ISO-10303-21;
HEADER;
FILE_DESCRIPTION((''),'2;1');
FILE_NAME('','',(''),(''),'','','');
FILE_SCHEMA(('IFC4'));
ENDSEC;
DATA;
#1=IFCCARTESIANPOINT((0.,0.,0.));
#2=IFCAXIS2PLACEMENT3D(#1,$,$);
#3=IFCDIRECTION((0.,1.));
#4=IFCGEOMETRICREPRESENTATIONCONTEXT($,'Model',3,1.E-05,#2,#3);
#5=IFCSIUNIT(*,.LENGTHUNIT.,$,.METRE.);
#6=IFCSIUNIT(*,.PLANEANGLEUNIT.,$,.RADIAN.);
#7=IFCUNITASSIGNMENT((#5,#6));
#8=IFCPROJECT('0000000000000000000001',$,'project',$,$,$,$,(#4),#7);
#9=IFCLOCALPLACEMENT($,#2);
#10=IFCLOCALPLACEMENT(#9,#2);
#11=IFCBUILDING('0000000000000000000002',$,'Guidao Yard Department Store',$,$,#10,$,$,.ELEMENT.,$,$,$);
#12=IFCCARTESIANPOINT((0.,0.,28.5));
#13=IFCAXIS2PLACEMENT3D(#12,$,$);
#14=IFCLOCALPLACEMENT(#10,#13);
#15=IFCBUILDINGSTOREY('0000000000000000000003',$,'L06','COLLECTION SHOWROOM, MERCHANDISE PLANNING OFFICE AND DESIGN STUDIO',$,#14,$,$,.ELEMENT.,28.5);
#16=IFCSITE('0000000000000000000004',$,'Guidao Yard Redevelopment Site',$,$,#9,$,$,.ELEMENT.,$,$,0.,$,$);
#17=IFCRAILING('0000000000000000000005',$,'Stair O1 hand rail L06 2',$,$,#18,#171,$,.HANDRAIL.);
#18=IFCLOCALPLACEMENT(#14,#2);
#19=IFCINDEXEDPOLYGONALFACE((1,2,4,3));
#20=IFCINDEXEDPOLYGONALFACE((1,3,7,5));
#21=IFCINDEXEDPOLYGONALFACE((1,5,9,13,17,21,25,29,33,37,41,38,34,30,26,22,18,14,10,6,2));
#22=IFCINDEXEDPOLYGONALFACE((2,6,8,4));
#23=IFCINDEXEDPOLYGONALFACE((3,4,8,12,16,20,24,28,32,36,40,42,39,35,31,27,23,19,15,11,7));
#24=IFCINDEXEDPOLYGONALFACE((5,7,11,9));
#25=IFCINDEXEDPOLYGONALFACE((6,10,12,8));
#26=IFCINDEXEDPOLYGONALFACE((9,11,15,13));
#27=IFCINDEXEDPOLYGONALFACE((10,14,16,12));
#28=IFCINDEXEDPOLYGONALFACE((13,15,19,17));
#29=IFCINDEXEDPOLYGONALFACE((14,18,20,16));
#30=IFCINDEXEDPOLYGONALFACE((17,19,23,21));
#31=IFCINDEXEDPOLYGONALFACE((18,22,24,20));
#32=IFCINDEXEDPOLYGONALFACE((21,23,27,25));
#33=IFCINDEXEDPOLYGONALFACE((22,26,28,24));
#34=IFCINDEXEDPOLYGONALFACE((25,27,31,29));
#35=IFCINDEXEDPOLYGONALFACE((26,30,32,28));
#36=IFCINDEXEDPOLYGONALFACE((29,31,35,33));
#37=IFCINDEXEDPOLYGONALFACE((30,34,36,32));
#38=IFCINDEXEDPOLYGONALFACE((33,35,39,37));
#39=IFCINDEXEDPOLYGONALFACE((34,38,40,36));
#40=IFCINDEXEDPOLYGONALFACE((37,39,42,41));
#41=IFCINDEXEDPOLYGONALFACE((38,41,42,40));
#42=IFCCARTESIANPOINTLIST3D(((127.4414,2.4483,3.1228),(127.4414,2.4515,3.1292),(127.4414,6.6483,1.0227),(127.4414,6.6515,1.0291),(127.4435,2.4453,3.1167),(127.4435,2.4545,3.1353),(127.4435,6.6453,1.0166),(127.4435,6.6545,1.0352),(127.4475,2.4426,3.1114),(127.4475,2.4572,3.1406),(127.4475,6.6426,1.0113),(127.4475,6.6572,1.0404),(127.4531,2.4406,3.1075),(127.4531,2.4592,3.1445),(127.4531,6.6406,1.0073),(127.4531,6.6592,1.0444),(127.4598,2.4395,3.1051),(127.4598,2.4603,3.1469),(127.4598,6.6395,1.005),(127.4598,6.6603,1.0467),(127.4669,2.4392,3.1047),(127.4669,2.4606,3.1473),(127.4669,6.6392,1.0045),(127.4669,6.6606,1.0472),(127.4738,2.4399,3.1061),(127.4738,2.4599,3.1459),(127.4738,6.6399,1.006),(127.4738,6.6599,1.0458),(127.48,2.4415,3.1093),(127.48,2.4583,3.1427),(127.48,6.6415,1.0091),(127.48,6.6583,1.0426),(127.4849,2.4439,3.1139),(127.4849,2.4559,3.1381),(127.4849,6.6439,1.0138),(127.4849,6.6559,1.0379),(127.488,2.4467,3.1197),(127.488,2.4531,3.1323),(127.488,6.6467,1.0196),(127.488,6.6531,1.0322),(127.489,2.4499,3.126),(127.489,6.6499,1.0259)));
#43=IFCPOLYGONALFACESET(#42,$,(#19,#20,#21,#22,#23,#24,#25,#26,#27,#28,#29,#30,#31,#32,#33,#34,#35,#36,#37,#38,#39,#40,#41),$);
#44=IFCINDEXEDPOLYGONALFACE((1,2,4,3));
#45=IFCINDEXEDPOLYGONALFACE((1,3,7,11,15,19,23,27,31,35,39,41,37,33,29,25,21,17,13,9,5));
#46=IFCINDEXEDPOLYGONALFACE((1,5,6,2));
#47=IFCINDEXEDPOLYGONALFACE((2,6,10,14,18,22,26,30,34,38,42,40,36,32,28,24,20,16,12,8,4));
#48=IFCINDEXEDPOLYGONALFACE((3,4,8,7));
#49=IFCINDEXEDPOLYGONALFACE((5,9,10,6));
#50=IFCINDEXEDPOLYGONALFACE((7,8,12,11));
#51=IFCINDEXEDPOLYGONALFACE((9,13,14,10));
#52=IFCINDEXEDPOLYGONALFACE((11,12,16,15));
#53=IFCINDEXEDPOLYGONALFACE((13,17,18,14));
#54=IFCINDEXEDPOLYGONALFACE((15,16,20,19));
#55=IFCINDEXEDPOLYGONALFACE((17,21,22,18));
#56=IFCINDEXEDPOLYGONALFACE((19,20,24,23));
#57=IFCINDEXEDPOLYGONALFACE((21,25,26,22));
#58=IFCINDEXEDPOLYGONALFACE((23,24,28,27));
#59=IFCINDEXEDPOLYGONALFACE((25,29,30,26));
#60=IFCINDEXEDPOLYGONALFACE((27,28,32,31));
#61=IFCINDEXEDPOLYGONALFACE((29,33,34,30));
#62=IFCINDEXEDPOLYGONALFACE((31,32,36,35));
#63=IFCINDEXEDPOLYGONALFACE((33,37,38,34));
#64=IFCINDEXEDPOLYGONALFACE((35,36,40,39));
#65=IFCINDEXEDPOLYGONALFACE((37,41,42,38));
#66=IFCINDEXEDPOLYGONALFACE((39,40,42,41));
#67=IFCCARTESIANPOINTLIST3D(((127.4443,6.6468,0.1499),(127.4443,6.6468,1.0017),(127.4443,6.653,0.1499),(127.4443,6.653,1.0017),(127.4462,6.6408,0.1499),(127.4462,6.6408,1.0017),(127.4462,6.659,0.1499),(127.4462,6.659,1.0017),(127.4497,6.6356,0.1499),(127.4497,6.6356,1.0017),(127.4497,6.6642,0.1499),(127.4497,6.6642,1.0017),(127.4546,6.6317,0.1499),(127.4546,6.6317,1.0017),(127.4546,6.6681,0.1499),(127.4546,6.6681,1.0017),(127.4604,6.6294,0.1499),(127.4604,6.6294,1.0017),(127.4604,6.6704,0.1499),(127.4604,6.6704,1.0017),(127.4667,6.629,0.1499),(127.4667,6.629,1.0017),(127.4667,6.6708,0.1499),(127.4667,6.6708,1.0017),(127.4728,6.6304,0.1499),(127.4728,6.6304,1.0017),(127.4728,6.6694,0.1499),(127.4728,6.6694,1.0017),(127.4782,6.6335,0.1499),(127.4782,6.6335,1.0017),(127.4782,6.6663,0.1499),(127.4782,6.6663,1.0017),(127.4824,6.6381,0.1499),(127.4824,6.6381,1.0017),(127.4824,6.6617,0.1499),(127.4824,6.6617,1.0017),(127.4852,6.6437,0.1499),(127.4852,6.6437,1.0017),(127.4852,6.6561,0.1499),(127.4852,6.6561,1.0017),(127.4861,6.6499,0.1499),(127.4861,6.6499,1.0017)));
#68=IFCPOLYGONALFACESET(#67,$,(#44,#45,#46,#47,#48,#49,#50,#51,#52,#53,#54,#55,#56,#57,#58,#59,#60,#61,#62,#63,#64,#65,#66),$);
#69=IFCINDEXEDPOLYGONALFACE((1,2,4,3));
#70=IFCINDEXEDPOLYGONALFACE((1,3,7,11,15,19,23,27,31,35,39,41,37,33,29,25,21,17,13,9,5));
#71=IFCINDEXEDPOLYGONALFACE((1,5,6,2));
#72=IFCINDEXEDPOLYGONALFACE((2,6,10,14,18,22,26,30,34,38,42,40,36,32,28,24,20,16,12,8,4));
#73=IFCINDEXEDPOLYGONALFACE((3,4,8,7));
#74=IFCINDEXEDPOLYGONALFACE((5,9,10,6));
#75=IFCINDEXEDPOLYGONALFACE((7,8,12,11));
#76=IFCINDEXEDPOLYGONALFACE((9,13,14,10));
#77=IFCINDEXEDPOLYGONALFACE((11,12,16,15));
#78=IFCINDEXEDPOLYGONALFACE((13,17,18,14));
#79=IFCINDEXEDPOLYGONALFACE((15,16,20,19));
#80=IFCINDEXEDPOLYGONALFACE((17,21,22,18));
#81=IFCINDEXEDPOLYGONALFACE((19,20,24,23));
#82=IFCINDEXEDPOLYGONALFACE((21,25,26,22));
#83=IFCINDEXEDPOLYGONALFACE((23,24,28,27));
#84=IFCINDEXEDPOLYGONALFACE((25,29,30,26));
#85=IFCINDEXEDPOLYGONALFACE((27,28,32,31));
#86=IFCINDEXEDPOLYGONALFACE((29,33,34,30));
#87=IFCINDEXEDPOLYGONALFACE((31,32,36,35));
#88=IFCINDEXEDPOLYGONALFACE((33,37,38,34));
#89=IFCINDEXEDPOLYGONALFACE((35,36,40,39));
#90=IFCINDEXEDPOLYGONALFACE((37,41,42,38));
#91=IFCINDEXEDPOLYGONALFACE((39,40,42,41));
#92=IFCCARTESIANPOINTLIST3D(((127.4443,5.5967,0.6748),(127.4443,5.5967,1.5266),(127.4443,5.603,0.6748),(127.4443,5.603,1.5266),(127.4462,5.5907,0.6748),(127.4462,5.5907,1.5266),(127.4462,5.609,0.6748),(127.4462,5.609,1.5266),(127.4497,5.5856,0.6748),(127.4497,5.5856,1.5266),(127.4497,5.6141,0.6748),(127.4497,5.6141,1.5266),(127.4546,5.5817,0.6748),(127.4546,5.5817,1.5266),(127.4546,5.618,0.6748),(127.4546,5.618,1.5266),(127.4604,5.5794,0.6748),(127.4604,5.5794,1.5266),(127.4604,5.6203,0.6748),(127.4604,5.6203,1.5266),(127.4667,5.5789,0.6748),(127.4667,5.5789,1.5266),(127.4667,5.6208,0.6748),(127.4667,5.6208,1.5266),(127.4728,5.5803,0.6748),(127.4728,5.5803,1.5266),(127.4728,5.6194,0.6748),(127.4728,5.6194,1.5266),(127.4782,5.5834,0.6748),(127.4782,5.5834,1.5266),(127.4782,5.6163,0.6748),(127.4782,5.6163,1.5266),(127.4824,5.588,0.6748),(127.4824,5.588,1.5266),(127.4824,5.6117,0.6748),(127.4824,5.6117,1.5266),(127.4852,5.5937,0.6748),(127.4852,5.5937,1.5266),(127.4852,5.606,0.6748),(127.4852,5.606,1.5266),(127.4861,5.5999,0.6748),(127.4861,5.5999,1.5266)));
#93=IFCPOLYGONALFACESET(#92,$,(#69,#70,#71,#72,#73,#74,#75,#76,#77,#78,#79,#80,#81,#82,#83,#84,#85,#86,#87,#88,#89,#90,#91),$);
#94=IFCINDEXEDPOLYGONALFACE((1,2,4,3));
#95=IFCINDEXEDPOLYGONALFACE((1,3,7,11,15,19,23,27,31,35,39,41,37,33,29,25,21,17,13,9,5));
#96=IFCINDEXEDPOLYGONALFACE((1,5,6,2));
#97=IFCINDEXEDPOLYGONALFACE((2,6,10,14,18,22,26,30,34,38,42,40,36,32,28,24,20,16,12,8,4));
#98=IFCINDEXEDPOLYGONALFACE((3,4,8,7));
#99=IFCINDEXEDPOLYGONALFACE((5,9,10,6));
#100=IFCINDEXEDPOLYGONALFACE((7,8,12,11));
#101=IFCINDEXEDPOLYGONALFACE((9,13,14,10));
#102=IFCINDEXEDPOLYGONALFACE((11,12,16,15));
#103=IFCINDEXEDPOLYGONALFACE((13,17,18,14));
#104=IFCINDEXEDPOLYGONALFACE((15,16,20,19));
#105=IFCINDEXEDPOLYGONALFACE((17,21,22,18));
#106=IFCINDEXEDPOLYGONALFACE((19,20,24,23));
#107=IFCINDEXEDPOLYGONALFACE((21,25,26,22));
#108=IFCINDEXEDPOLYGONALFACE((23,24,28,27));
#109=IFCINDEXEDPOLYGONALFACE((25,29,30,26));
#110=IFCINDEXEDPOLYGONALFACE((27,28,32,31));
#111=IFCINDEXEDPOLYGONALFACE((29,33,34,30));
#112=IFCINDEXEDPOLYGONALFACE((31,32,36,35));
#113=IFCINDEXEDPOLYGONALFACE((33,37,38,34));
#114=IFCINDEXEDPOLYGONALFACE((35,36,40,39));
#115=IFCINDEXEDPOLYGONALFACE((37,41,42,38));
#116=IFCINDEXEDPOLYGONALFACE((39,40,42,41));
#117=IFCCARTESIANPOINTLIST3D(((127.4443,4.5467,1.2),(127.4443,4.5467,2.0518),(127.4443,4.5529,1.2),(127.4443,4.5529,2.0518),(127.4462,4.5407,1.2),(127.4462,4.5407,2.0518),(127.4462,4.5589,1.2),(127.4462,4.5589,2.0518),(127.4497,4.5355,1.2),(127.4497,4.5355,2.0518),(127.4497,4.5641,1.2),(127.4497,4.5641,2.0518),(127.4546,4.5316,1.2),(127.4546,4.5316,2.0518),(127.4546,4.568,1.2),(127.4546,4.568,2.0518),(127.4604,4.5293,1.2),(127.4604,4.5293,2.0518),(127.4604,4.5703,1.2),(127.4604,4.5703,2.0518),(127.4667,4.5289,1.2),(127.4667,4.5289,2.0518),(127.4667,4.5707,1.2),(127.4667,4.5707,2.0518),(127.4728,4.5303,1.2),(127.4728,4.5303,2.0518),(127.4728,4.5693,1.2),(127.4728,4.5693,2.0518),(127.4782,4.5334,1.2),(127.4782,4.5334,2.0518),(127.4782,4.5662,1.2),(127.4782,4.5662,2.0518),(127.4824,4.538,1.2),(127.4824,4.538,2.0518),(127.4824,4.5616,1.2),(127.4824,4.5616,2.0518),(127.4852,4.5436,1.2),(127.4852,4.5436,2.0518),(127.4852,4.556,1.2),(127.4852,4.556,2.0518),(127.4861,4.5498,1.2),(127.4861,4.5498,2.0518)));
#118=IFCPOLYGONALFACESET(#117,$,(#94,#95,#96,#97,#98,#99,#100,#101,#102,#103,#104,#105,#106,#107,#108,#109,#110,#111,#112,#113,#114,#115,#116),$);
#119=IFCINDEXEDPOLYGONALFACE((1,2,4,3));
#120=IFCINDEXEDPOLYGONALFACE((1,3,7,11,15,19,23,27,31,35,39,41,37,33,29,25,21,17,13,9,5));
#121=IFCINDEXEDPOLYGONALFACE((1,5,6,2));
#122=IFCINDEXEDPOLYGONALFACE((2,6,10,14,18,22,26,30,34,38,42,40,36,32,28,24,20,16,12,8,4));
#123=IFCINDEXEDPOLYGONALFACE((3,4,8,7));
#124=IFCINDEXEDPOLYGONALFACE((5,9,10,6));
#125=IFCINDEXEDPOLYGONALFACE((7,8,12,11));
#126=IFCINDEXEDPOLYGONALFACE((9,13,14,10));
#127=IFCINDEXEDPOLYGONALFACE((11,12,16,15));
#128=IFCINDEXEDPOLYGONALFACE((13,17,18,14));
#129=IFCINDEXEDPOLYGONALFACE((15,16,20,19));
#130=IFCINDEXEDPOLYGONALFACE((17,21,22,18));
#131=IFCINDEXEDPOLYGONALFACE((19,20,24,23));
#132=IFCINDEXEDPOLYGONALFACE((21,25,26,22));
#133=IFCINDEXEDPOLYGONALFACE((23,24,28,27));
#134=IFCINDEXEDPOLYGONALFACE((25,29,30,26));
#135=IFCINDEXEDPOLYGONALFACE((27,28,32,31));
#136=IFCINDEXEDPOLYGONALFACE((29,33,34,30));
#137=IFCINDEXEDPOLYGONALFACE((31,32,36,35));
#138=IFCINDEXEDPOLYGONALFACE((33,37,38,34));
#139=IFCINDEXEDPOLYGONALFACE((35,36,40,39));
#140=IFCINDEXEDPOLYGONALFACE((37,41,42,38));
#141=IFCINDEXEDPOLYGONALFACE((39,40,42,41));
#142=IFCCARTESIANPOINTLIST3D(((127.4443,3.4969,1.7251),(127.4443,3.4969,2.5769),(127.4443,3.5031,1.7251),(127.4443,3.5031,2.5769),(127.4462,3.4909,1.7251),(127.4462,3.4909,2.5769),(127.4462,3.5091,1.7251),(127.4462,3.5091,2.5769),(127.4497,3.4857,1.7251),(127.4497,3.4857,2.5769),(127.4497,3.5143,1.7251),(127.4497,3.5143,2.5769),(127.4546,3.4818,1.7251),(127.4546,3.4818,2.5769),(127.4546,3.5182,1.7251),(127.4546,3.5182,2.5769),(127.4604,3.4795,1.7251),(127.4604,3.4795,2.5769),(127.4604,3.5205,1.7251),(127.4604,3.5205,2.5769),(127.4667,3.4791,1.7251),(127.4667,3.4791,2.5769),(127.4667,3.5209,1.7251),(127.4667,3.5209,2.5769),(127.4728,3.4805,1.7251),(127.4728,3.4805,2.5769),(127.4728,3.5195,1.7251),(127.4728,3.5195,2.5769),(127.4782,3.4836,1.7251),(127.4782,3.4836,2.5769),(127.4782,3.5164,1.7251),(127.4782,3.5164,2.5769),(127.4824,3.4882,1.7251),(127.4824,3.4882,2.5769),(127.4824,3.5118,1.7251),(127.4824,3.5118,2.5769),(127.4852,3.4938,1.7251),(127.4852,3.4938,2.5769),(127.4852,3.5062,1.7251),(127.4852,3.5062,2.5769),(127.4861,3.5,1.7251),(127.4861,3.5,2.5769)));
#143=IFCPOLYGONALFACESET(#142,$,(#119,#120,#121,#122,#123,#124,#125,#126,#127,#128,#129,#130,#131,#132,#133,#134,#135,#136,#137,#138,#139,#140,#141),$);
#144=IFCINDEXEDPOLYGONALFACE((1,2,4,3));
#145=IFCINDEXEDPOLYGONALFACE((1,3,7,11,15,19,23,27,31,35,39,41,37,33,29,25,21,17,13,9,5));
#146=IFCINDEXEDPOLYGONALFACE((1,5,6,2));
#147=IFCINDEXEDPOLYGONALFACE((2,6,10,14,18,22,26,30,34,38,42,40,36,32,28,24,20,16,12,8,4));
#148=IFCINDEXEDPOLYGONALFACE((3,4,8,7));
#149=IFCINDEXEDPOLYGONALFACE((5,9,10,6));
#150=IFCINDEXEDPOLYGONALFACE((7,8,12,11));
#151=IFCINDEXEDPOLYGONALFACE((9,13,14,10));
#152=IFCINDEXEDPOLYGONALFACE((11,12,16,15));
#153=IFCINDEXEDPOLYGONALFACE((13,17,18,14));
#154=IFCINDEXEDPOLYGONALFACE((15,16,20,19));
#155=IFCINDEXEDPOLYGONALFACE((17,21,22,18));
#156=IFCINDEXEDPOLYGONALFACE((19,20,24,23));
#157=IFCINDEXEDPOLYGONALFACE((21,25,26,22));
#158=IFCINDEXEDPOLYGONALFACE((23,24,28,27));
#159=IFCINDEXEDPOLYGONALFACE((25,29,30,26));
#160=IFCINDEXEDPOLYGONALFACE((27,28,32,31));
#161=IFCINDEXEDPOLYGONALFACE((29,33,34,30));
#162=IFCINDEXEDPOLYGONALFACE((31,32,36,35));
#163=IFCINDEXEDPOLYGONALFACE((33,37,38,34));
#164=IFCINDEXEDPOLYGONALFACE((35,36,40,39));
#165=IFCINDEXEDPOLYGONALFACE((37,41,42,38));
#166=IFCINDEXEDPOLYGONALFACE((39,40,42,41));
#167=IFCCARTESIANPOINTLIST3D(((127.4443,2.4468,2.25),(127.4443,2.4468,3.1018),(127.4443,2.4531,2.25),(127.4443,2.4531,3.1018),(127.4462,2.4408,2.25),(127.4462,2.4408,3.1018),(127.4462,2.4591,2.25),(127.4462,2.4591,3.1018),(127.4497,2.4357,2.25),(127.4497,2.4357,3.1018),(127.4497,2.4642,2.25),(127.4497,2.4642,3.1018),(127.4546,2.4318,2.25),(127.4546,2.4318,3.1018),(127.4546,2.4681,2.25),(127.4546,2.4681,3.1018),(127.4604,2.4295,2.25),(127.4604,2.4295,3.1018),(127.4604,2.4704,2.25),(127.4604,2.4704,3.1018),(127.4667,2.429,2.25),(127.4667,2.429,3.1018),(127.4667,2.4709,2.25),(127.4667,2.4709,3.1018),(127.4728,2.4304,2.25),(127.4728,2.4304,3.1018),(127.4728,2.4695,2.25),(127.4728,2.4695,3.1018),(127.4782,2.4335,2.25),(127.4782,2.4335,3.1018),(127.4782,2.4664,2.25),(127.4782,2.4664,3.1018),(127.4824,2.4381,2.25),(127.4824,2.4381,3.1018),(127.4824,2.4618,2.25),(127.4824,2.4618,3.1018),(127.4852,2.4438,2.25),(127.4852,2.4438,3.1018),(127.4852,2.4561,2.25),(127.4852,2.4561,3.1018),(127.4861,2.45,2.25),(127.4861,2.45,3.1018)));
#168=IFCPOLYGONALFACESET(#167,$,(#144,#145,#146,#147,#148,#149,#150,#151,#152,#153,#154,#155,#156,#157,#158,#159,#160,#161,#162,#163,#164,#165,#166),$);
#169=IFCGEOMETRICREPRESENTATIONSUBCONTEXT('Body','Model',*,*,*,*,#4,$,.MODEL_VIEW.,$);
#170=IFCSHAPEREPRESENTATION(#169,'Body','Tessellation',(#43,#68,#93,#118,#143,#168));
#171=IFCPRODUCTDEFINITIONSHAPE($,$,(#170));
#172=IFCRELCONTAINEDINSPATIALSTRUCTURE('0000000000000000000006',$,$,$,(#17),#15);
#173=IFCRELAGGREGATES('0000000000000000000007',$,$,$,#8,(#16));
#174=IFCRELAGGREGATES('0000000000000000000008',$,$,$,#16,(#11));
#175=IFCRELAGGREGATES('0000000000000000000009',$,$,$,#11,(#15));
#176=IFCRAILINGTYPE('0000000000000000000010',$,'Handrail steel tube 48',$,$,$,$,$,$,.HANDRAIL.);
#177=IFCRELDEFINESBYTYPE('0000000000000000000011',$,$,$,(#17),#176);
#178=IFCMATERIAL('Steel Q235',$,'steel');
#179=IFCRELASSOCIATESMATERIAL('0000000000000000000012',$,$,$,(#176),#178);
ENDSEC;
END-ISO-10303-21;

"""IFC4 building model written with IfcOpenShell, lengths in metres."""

from ifc_helpers import new_model, si_unit, direction, frame, origin, origin_2d, place, context, subcontext, project, spatial, circle, extrude, material, type_object, element, save


model = new_model("IFC4")

# Units and contexts
model_context = context("Model", 3, precision=1e-05, world=origin(), true_north=direction((0.0, 1.0)))
body_context = subcontext(model_context, "Body", "Model", "MODEL_VIEW")
ifc_project = project(units=[si_unit("LENGTHUNIT", "METRE"), si_unit("PLANEANGLEUNIT", "RADIAN")], contexts=[model_context])

# Site, building, storey
site_placement = place(None, origin())
site = spatial("IfcSite", under=ifc_project, at=site_placement, Name="Guidao Yard Redevelopment Site", CompositionType="ELEMENT", RefElevation=0.0)
building_placement = place(site_placement, origin())
building = spatial("IfcBuilding", under=site, at=building_placement, Name="Guidao Yard Department Store", CompositionType="ELEMENT")
storey_placement = place(building_placement, frame((0.0, 0.0, 28.5)))
storey = spatial("IfcBuildingStorey", under=building, at=storey_placement, Name="L06", Description="COLLECTION SHOWROOM, MERCHANDISE PLANNING OFFICE AND DESIGN STUDIO", CompositionType="ELEMENT", Elevation=28.5)

# Railing
ifc_material_1 = material(Name="Steel Q235", Category="steel")
railing_type_1 = type_object("IfcRailingType", Name="Handrail steel tube 48", PredefinedType="HANDRAIL", material=ifc_material_1)
for number, where, name in (
    (1, (127.4651, 6.6499, 0.1499), "Stair O1 hand rail L06 2"),
):
    element("IfcRailing", number, at=place(storey_placement, frame(where)), inside=storey, type_object=railing_type_1, Name=name, PredefinedType="HANDRAIL", context=body_context, shape_type="SweptSolid", body=[
        extrude(circle(Radius=0.0239, at=origin_2d()), frame((0.0, 0.0, 0.876), z_axis=(0.0, -0.894417, 0.447234), x_axis=(1.0, 0.0, 0.0)), (0.0, 0.0, 1.0), 4.6958),
        extrude(circle(Radius=0.021, at=origin_2d()), origin(), (0.0, 0.0, 1.0), 0.8518),
        extrude(circle(Radius=0.021, at=origin_2d()), frame((0.0, -1.05, 0.5249)), (0.0, 0.0, 1.0), 0.8518),
        extrude(circle(Radius=0.021, at=origin_2d()), frame((0.0, -2.1001, 1.05)), (0.0, 0.0, 1.0), 0.8518),
        extrude(circle(Radius=0.021, at=origin_2d()), frame((0.0, -3.1499, 1.5752)), (0.0, 0.0, 1.0), 0.8518),
        extrude(circle(Radius=0.021, at=origin_2d()), frame((0.0, -4.2, 2.1001)), (0.0, 0.0, 1.0), 0.8518),
    ])

save(model, "model.ifc")
